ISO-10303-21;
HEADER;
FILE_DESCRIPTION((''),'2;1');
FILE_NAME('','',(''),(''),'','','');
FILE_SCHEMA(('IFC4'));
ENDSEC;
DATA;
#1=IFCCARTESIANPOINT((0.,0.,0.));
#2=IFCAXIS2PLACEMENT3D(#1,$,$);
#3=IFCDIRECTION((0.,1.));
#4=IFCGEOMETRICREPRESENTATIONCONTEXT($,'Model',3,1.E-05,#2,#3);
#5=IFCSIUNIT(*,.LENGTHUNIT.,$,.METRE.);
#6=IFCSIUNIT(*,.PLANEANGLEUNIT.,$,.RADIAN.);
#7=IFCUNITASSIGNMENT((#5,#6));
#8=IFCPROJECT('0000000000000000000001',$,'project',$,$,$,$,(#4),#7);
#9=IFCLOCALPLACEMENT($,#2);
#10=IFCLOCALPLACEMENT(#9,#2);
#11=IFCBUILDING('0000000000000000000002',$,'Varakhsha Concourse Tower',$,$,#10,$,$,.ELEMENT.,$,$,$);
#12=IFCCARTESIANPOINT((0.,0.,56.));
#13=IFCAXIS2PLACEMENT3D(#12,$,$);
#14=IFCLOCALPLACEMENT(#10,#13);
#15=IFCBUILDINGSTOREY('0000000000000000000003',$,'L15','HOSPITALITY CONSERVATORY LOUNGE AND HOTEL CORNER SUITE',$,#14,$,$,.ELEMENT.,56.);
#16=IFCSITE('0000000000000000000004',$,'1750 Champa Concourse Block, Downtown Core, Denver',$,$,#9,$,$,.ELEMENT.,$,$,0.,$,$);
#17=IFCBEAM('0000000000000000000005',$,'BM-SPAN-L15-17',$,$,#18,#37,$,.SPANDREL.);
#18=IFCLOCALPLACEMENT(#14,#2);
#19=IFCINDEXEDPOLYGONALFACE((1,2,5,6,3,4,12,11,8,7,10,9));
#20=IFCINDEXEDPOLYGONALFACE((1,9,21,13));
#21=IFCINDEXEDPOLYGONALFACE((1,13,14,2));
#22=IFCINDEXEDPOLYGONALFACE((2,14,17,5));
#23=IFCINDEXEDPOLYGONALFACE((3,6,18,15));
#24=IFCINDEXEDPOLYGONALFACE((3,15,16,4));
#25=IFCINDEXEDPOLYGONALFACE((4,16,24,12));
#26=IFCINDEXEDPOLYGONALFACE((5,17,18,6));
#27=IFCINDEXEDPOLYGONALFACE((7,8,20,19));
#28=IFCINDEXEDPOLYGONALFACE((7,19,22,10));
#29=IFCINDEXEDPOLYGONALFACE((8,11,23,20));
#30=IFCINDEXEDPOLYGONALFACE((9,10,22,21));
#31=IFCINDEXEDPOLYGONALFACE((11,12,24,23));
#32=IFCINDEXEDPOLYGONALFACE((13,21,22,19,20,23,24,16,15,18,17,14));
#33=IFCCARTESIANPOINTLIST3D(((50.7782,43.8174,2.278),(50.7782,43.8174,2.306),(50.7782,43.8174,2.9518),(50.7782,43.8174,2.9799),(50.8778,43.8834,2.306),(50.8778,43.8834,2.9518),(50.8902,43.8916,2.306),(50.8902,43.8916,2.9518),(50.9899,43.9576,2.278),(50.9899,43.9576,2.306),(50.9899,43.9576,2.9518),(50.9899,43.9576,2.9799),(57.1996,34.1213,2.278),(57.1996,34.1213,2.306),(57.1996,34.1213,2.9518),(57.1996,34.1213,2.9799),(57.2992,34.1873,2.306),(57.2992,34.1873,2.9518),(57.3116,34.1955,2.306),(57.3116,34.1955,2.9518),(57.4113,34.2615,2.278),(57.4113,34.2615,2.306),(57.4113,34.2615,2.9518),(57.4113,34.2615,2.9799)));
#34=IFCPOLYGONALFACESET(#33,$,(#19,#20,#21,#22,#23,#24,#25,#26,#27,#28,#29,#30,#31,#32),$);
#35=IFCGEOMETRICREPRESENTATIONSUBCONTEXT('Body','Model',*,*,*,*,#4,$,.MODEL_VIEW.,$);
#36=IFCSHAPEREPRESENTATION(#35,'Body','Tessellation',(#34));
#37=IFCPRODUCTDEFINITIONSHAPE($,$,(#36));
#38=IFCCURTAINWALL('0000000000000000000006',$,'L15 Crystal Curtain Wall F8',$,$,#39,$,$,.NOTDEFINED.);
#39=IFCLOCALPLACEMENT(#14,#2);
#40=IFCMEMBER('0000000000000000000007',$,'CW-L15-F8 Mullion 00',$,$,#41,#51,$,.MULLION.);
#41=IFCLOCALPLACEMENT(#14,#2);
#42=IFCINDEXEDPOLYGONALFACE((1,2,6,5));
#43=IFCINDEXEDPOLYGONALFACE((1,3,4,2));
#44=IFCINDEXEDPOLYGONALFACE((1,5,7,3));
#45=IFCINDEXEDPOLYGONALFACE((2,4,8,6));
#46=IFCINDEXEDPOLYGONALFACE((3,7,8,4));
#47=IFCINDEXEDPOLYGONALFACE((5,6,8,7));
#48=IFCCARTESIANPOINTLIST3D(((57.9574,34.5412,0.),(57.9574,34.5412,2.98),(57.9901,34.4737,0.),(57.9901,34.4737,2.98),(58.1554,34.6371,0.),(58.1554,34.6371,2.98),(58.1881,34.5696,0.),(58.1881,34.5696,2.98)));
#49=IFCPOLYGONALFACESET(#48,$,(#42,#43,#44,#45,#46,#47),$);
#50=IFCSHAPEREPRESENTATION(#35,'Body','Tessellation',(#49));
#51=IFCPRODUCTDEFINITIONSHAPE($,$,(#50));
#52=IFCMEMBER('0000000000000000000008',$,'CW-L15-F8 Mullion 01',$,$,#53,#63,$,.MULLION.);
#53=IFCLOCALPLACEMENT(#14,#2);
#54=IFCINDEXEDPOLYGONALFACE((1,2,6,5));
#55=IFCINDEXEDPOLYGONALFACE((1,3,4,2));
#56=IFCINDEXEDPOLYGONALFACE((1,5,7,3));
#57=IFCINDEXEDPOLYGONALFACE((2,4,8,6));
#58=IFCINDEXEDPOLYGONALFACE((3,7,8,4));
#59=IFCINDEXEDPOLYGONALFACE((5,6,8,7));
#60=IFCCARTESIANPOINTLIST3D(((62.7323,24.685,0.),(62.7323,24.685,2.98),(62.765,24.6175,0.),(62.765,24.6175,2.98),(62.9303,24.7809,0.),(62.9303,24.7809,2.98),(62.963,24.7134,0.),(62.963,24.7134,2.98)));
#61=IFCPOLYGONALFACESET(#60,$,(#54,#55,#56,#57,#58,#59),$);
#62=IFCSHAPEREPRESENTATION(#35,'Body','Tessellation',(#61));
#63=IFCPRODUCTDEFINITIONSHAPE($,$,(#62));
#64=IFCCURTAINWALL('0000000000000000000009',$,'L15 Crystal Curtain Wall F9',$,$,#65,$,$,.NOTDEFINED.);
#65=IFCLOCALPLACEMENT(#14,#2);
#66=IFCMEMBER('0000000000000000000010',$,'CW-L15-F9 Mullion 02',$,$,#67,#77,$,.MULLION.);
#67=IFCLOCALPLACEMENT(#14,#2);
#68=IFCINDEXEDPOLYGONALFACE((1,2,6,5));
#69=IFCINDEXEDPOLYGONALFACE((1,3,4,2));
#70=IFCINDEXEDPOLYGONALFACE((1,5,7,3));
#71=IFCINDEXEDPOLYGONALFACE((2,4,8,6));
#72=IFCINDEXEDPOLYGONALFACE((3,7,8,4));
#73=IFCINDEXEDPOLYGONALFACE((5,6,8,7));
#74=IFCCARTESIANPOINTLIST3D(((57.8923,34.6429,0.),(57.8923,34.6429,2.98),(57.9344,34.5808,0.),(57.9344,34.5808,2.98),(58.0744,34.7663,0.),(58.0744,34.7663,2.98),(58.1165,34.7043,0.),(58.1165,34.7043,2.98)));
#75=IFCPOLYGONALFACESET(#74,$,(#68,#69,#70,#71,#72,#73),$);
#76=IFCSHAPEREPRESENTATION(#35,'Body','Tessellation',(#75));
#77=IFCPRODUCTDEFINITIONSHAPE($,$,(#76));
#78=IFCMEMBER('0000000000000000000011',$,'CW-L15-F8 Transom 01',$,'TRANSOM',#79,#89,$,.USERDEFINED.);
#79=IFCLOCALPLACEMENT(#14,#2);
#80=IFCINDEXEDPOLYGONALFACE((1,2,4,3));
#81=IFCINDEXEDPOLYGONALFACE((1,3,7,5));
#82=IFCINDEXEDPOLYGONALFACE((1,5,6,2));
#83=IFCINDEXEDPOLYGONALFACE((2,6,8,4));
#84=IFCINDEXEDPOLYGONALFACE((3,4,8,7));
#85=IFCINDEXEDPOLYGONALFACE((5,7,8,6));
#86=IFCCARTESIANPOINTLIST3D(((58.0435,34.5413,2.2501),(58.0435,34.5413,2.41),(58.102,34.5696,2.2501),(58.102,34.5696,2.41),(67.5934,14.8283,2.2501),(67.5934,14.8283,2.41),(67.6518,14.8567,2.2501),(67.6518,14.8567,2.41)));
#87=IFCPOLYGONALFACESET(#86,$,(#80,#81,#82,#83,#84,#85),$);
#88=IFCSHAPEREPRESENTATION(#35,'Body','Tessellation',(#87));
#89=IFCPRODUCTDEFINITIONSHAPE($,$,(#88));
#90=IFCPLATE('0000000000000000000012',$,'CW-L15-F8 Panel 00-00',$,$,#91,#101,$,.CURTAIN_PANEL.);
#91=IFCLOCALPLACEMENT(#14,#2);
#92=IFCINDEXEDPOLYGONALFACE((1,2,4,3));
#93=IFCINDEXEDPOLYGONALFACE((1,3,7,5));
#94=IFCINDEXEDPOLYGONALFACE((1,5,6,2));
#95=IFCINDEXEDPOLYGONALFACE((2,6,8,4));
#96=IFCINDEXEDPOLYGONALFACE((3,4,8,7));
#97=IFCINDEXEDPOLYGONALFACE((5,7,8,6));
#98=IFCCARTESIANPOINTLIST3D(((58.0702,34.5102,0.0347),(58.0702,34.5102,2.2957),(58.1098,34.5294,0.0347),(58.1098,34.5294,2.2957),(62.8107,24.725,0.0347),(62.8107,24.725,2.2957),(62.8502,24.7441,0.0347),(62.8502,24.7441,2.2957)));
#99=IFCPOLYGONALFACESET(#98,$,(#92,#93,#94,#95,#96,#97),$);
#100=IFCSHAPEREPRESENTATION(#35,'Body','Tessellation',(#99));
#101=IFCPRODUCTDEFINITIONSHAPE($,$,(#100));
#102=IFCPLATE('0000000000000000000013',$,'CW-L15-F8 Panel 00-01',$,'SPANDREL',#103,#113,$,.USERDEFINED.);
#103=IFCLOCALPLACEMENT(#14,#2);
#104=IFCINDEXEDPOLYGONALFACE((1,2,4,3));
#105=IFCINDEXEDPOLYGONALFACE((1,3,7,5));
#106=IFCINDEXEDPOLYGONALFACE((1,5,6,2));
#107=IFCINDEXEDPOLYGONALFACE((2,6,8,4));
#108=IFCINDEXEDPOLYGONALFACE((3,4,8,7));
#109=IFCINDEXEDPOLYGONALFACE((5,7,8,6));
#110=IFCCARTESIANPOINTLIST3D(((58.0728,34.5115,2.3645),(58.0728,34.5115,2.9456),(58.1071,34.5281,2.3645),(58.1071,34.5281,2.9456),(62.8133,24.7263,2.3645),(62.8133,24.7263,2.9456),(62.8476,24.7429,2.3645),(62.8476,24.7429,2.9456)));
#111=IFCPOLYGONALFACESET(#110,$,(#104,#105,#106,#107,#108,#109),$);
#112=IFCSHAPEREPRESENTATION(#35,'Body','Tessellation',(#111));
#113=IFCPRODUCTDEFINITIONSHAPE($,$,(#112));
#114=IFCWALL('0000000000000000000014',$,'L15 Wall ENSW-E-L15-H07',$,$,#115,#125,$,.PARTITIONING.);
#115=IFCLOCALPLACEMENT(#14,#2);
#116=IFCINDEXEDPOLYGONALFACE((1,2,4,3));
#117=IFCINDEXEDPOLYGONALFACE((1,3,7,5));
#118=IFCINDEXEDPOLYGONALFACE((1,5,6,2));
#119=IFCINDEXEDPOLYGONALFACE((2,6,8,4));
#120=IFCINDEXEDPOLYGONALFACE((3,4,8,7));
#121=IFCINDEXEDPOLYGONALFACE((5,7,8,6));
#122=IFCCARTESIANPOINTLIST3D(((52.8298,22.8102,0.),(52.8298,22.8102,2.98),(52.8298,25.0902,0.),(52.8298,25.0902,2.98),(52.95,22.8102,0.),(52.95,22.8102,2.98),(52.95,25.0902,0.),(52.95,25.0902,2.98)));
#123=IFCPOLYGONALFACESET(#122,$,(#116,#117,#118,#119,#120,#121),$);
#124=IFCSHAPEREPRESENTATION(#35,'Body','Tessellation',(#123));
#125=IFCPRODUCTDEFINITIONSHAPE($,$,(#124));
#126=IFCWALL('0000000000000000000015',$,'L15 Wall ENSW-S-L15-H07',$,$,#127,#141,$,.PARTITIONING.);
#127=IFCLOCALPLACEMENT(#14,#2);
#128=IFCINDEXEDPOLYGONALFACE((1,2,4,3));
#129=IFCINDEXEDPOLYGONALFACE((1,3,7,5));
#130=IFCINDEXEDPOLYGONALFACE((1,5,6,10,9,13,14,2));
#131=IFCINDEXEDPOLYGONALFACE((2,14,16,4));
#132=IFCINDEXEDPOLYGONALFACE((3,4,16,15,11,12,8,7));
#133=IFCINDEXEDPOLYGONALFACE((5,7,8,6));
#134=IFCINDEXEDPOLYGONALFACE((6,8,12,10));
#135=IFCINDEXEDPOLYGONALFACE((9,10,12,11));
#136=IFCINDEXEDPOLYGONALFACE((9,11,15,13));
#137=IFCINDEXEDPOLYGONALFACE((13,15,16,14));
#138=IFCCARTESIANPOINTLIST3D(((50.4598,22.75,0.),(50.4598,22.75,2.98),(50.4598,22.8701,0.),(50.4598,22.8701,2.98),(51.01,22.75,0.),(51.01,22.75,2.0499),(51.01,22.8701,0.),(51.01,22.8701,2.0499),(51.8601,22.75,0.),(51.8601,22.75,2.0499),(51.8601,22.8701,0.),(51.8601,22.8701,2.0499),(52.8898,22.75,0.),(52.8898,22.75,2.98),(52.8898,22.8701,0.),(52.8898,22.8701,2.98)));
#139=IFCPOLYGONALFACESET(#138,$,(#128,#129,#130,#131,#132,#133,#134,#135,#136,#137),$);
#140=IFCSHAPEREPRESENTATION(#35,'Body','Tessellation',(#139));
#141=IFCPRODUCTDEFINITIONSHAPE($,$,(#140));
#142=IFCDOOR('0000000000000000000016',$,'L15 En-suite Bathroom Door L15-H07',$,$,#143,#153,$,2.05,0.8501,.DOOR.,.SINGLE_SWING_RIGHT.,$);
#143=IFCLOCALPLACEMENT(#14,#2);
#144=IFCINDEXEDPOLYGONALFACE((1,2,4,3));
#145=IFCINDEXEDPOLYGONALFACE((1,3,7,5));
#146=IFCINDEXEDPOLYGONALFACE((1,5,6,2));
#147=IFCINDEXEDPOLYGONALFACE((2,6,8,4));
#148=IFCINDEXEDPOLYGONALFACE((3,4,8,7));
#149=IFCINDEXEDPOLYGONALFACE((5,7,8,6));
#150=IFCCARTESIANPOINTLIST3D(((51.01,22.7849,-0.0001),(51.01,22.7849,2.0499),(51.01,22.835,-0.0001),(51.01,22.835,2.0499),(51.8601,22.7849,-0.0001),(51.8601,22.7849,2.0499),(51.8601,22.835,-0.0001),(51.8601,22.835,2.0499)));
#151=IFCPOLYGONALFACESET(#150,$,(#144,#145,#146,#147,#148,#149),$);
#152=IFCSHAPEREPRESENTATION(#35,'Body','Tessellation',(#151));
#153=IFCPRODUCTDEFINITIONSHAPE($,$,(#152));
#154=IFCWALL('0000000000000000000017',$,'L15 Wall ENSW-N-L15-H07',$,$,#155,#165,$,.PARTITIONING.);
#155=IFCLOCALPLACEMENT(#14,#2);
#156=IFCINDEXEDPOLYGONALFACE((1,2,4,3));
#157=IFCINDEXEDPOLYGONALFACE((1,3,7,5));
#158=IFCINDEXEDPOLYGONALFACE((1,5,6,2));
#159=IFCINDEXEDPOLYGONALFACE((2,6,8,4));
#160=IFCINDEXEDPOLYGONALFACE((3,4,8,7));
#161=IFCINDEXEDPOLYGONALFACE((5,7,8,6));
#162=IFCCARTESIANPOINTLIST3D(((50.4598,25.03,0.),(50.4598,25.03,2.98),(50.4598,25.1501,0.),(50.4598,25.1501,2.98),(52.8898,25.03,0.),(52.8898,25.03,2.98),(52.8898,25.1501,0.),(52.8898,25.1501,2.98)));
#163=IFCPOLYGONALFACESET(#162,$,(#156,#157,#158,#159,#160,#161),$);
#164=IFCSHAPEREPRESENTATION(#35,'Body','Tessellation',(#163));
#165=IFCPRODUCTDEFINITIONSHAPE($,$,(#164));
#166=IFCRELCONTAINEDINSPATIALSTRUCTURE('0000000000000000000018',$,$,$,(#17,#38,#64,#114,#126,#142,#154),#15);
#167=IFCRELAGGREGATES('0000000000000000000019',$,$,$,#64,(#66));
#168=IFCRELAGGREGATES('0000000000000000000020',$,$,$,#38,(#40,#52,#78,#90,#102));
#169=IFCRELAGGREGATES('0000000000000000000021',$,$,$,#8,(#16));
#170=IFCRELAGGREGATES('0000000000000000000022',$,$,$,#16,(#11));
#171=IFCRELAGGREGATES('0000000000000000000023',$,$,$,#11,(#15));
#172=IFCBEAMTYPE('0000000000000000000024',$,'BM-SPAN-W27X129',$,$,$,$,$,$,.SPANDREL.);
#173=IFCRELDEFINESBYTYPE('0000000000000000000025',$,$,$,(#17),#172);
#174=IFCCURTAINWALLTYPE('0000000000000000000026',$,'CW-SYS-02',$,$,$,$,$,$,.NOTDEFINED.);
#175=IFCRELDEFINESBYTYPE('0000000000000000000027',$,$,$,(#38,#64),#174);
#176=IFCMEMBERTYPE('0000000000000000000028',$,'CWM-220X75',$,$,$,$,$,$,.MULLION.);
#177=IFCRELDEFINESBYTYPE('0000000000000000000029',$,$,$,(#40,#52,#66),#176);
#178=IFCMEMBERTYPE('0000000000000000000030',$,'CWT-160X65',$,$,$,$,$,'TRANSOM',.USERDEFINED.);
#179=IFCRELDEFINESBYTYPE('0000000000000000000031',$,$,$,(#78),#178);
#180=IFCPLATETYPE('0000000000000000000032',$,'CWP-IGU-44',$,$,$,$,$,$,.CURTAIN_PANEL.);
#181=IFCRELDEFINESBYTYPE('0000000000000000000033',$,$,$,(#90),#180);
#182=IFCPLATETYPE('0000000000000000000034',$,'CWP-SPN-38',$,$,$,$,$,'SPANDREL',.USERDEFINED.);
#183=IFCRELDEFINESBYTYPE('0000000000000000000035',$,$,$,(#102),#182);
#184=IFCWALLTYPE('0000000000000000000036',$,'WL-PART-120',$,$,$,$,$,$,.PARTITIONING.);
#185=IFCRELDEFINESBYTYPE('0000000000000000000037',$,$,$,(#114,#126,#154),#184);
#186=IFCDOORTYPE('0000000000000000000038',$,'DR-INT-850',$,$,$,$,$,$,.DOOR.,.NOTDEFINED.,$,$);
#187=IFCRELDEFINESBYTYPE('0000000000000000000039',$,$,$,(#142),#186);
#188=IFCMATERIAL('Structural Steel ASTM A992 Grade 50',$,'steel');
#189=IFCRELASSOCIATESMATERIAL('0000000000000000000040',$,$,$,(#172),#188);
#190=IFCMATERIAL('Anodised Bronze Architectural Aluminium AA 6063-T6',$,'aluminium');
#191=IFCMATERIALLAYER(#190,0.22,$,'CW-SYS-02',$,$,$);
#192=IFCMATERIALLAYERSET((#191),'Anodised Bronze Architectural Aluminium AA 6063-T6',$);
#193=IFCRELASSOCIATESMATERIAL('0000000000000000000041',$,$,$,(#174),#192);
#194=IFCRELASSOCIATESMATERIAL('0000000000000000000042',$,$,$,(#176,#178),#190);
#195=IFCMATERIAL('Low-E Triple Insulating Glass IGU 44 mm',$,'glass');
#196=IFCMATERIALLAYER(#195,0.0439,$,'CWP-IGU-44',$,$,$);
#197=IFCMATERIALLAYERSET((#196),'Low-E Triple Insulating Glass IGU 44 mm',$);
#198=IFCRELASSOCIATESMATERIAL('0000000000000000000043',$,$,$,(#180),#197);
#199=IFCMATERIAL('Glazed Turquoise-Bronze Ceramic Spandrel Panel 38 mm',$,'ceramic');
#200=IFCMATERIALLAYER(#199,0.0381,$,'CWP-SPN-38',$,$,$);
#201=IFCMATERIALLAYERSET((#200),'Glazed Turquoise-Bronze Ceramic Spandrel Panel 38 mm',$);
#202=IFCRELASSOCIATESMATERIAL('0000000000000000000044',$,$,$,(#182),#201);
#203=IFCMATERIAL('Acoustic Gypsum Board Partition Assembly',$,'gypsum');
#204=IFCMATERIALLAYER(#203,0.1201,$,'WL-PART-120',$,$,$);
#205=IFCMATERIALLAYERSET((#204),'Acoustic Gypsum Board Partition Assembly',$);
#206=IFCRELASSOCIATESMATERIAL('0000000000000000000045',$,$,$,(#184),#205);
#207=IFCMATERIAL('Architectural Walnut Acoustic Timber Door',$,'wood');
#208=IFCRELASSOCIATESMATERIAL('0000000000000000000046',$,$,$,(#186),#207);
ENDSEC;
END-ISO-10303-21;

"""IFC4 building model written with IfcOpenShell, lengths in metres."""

from ifc_helpers import new_model, si_unit, direction, frame, frame_2d, origin, origin_2d, place, context, subcontext, project, spatial, rectangle, i_section, extrude, source, transform, mapped, material, layer, layer_set, material_profile, profile_set, type_object, type_shapes, element, fill, aggregate, save


model = new_model("IFC4")

# Units and contexts
model_context = context("Model", 3, precision=1e-05, world=origin(), true_north=direction((0.0, 1.0)))
body_context = subcontext(model_context, "Body", "Model", "MODEL_VIEW")
ifc_project = project(units=[si_unit("LENGTHUNIT", "METRE"), si_unit("PLANEANGLEUNIT", "RADIAN")], contexts=[model_context])

# Site, building, storey
site_placement = place(None, origin())
site = spatial("IfcSite", under=ifc_project, at=site_placement, Name="1750 Champa Concourse Block, Downtown Core, Denver", CompositionType="ELEMENT", RefElevation=0.0)
building_placement = place(site_placement, origin())
building = spatial("IfcBuilding", under=site, at=building_placement, Name="Varakhsha Concourse Tower", CompositionType="ELEMENT")
storey_placement = place(building_placement, frame((0.0, 0.0, 56.0)))
storey = spatial("IfcBuildingStorey", under=building, at=storey_placement, Name="L15", Description="HOSPITALITY CONSERVATORY LOUNGE AND HOTEL CORNER SUITE", CompositionType="ELEMENT", Elevation=56.0)

# Shared definitions
ifc_material_1 = material(Name="Structural Steel ASTM A992 Grade 50", Category="steel")

# Beam
ifc_material_profile_1 = material_profile(ifc_material_1, i_section(OverallWidth=0.2539, OverallDepth=0.7019, WebThickness=0.0149, FlangeThickness=0.0281, at=origin_2d()), Name="W27X129")
ifc_profile_set_1 = profile_set([ifc_material_profile_1], Name="Structural Steel ASTM A992 Grade 50")
beam_type_1 = type_object("IfcBeamType", Name="BM-SPAN-W27X129", PredefinedType="SPANDREL", material=ifc_profile_set_1)
for number, where, z_axis, x_axis, name in (
    (1, (57.3054, 34.1914, 2.6289), (-0.552159, 0.833739, 0.0), (-0.833739, -0.552159, 0.0), "BM-SPAN-L15-17"),
):
    element("IfcBeam", number, at=place(storey_placement, frame(where, z_axis=z_axis, x_axis=x_axis)), inside=storey, type_object=beam_type_1, Name=name, PredefinedType="SPANDREL", context=body_context, shape_type="SweptSolid", body=[
        extrude(i_section(OverallWidth=0.2539, OverallDepth=0.7019, WebThickness=0.0149, FlangeThickness=0.0281, at=origin_2d()), origin(), (0.0, 0.0, 1.0), 11.6296),
    ])

# Curtain wall, members
ifc_material_2 = material(Name="Anodised Bronze Architectural Aluminium AA 6063-T6", Category="aluminium")
ifc_layer_1 = layer(ifc_material_2, 0.22, Name="CW-SYS-02")
ifc_layer_set_1 = layer_set([ifc_layer_1], Name="Anodised Bronze Architectural Aluminium AA 6063-T6")
curtain_wall_type = type_object("IfcCurtainWallType", Name="CW-SYS-02", PredefinedType="NOTDEFINED", material=ifc_layer_set_1)
curtain_wall_1_placement = place(storey_placement, origin())
curtain_wall_1 = element("IfcCurtainWall", 2, at=curtain_wall_1_placement, inside=storey, type_object=curtain_wall_type, Name="L15 Crystal Curtain Wall F8", PredefinedType="NOTDEFINED")
ifc_material_profile_2 = material_profile(ifc_material_2, rectangle(XDim=0.075, YDim=0.22, at=origin_2d()), Name="CWM-220X75")
ifc_profile_set_2 = profile_set([ifc_material_profile_2], Name="Anodised Bronze Architectural Aluminium AA 6063-T6")
member_type_1 = type_object("IfcMemberType", Name="CWM-220X75", PredefinedType="MULLION", material=ifc_profile_set_2)
shared_shape_1 = source(origin(), body_context, "Body", "SweptSolid", [
    extrude(rectangle(XDim=0.075, YDim=0.22, at=origin_2d()), origin(), (0.0, 0.0, 1.0), 2.98),
])
type_shapes(member_type_1, [shared_shape_1])
member_1_placement = place(storey_placement, frame((58.0728, 34.5554, 0.0), z_axis=(0.0, 0.0, 1.0), x_axis=(0.435982, -0.899955, 0.0)))
member_1 = element("IfcMember", 3, at=member_1_placement, type_object=member_type_1, Name="CW-L15-F8 Mullion 00", PredefinedType="MULLION", context=body_context, shape_type="MappedRepresentation", body=[
    mapped(shared_shape_1, transform((0.0, 0.0, 0.0), scale=1.0)),
])
member_2_placement = place(storey_placement, frame((62.8477, 24.6992, 0.0), z_axis=(0.0, 0.0, 1.0), x_axis=(0.435982, -0.899955, 0.0)))
member_2 = element("IfcMember", 4, at=member_2_placement, type_object=member_type_1, Name="CW-L15-F8 Mullion 01", PredefinedType="MULLION", context=body_context, shape_type="MappedRepresentation", body=[
    mapped(shared_shape_1, transform((0.0, 0.0, 0.0), scale=1.0)),
])

# Curtain wall, member
curtain_wall_2_placement = place(storey_placement, origin())
curtain_wall_2 = element("IfcCurtainWall", 5, at=curtain_wall_2_placement, inside=storey, type_object=curtain_wall_type, Name="L15 Crystal Curtain Wall F9", PredefinedType="NOTDEFINED")
member_3_placement = place(storey_placement, frame((58.0044, 34.6736, 0.0), z_axis=(0.0, 0.0, 1.0), x_axis=(0.561392, -0.82755, 0.0)))
member_3 = element("IfcMember", 6, at=member_3_placement, type_object=member_type_1, Name="CW-L15-F9 Mullion 02", PredefinedType="MULLION", context=body_context, shape_type="MappedRepresentation", body=[
    mapped(shared_shape_1, transform((0.0, 0.0, 0.0), scale=1.0)),
])
aggregate(curtain_wall_2, [member_3])

# Member
ifc_material_profile_3 = material_profile(ifc_material_2, rectangle(XDim=0.0649, YDim=0.1599, at=origin_2d()), Name="CWT-160X65")
ifc_profile_set_3 = profile_set([ifc_material_profile_3], Name="Anodised Bronze Architectural Aluminium AA 6063-T6")
member_type_2 = type_object("IfcMemberType", Name="CWT-160X65", ElementType="TRANSOM", PredefinedType="USERDEFINED", material=ifc_profile_set_3)
shared_shape_2 = source(origin(), body_context, "Body", "SweptSolid", [
    extrude(rectangle(XDim=0.0649, YDim=0.1599, at=origin_2d()), origin(), (0.0, 0.0, 1.0), 21.9043),
])
type_shapes(member_type_2, [shared_shape_2])
member_4_placement = place(storey_placement, frame((58.0728, 34.5554, 2.3301), z_axis=(0.435979, -0.899957, 0.0), x_axis=(0.899957, 0.435979, 0.0)))
member_4 = element("IfcMember", 7, at=member_4_placement, type_object=member_type_2, Name="CW-L15-F8 Transom 01", ObjectType="TRANSOM", PredefinedType="USERDEFINED", context=body_context, shape_type="MappedRepresentation", body=[
    mapped(shared_shape_2, transform((0.0, 0.0, 0.0), scale=1.0)),
])

# Plates
ifc_material_3 = material(Name="Low-E Triple Insulating Glass IGU 44 mm", Category="glass")
ifc_layer_2 = layer(ifc_material_3, 0.0439, Name="CWP-IGU-44")
ifc_layer_set_2 = layer_set([ifc_layer_2], Name="Low-E Triple Insulating Glass IGU 44 mm")
plate_type_1 = type_object("IfcPlateType", Name="CWP-IGU-44", PredefinedType="CURTAIN_PANEL", material=ifc_layer_set_2)
shared_shape_3 = source(origin(), body_context, "Body", "SweptSolid", [
    extrude(rectangle(XDim=10.873, YDim=0.0439, at=origin_2d()), origin(), (0.0, 0.0, 1.0), 2.261),
])
type_shapes(plate_type_1, [shared_shape_3])
plate_1_placement = place(storey_placement, frame((60.4602, 29.6272, 0.0347), z_axis=(0.0, 0.0, 1.0), x_axis=(0.435982, -0.899955, 0.0)))
plate_1 = element("IfcPlate", 8, at=plate_1_placement, type_object=plate_type_1, Name="CW-L15-F8 Panel 00-00", PredefinedType="CURTAIN_PANEL", context=body_context, shape_type="MappedRepresentation", body=[
    mapped(shared_shape_3, transform((0.0, 0.0, 0.0), scale=1.0)),
])
ifc_material_4 = material(Name="Glazed Turquoise-Bronze Ceramic Spandrel Panel 38 mm", Category="ceramic")
ifc_layer_3 = layer(ifc_material_4, 0.0381, Name="CWP-SPN-38")
ifc_layer_set_3 = layer_set([ifc_layer_3], Name="Glazed Turquoise-Bronze Ceramic Spandrel Panel 38 mm")
plate_type_2 = type_object("IfcPlateType", Name="CWP-SPN-38", ElementType="SPANDREL", PredefinedType="USERDEFINED", material=ifc_layer_set_3)
shared_shape_4 = source(origin(), body_context, "Body", "SweptSolid", [
    extrude(rectangle(XDim=10.873, YDim=0.0381, at=origin_2d()), origin(), (0.0, 0.0, 1.0), 0.5811),
])
type_shapes(plate_type_2, [shared_shape_4])
plate_2_placement = place(storey_placement, frame((60.4602, 29.6272, 2.3645), z_axis=(0.0, 0.0, 1.0), x_axis=(0.435982, -0.899955, 0.0)))
plate_2 = element("IfcPlate", 9, at=plate_2_placement, type_object=plate_type_2, Name="CW-L15-F8 Panel 00-01", ObjectType="SPANDREL", PredefinedType="USERDEFINED", context=body_context, shape_type="MappedRepresentation", body=[
    mapped(shared_shape_4, transform((0.0, 0.0, 0.0), scale=1.0)),
])
aggregate(curtain_wall_1, [member_1, member_2, member_4, plate_1, plate_2])

# Wall
ifc_material_5 = material(Name="Acoustic Gypsum Board Partition Assembly", Category="gypsum")
ifc_layer_4 = layer(ifc_material_5, 0.1201, Name="WL-PART-120")
ifc_layer_set_4 = layer_set([ifc_layer_4], Name="Acoustic Gypsum Board Partition Assembly")
wall_type_1 = type_object("IfcWallType", Name="WL-PART-120", PredefinedType="PARTITIONING", material=ifc_layer_set_4)
wall_1_placement = place(storey_placement, frame((52.8899, 22.8101, 0.0), z_axis=(0.0, 0.0, 1.0), x_axis=(0.0, 1.0, 0.0)))
element("IfcWall", 10, at=wall_1_placement, inside=storey, type_object=wall_type_1, Name="L15 Wall ENSW-E-L15-H07", PredefinedType="PARTITIONING", context=body_context, shape_type="SweptSolid", body=[
    extrude(rectangle(XDim=2.28, YDim=0.1201, at=frame_2d((1.1401, 0.0))), origin(), (0.0, 0.0, 1.0), 2.98),
])

# Wall, opening, door
wall_2_placement = place(storey_placement, frame((50.46, 22.8101, 0.0), z_axis=(0.0, 0.0, 1.0), x_axis=(1.0, 0.0, 0.0)))
wall_2 = element("IfcWall", 11, at=wall_2_placement, inside=storey, type_object=wall_type_1, Name="L15 Wall ENSW-S-L15-H07", PredefinedType="PARTITIONING", context=body_context, shape_type="SweptSolid", body=[
    extrude(rectangle(XDim=2.4299, YDim=0.1201, at=frame_2d((1.2148, 0.0))), origin(), (0.0, 0.0, 1.0), 2.98),
])
opening_placement = place(wall_2_placement, frame((0.55, 0.0, 0.0)))
opening = element("IfcOpeningElement", 12, at=opening_placement, cuts=wall_2, PredefinedType="OPENING", context=body_context, shape_type="SweptSolid", body=[
    extrude(rectangle(XDim=0.8501, YDim=2.05, at=frame_2d((0.425, 1.0249))), frame((0.0, 0.0701, 0.0), z_axis=(0.0, -1.0, 0.0), x_axis=(1.0, 0.0, 0.0)), (0.0, 0.0, 1.0), 0.1401),
])
ifc_material_6 = material(Name="Architectural Walnut Acoustic Timber Door", Category="wood")
door_type = type_object("IfcDoorType", Name="DR-INT-850", OperationType="NOTDEFINED", PredefinedType="DOOR", material=ifc_material_6)
door_placement = place(opening_placement, origin())
door = element("IfcDoor", 13, at=door_placement, inside=storey, type_object=door_type, Name="L15 En-suite Bathroom Door L15-H07", OperationType="SINGLE_SWING_RIGHT", OverallHeight=2.05, OverallWidth=0.8501, PredefinedType="DOOR", context=body_context, shape_type="SweptSolid", body=[
    extrude(rectangle(XDim=0.8501, YDim=2.05, at=frame_2d((0.425, 1.0249))), frame((0.0, 0.0249, 0.0), z_axis=(0.0, -1.0, 0.0), x_axis=(1.0, 0.0, 0.0)), (0.0, 0.0, 1.0), 0.05),
])
fill(opening, door)

# Wall
wall_3_placement = place(storey_placement, frame((50.46, 25.0901, 0.0), z_axis=(0.0, 0.0, 1.0), x_axis=(1.0, 0.0, 0.0)))
element("IfcWall", 14, at=wall_3_placement, inside=storey, type_object=wall_type_1, Name="L15 Wall ENSW-N-L15-H07", PredefinedType="PARTITIONING", context=body_context, shape_type="SweptSolid", body=[
    extrude(rectangle(XDim=2.4299, YDim=0.1201, at=frame_2d((1.2148, 0.0))), origin(), (0.0, 0.0, 1.0), 2.98),
])

save(model, "model.ifc")
